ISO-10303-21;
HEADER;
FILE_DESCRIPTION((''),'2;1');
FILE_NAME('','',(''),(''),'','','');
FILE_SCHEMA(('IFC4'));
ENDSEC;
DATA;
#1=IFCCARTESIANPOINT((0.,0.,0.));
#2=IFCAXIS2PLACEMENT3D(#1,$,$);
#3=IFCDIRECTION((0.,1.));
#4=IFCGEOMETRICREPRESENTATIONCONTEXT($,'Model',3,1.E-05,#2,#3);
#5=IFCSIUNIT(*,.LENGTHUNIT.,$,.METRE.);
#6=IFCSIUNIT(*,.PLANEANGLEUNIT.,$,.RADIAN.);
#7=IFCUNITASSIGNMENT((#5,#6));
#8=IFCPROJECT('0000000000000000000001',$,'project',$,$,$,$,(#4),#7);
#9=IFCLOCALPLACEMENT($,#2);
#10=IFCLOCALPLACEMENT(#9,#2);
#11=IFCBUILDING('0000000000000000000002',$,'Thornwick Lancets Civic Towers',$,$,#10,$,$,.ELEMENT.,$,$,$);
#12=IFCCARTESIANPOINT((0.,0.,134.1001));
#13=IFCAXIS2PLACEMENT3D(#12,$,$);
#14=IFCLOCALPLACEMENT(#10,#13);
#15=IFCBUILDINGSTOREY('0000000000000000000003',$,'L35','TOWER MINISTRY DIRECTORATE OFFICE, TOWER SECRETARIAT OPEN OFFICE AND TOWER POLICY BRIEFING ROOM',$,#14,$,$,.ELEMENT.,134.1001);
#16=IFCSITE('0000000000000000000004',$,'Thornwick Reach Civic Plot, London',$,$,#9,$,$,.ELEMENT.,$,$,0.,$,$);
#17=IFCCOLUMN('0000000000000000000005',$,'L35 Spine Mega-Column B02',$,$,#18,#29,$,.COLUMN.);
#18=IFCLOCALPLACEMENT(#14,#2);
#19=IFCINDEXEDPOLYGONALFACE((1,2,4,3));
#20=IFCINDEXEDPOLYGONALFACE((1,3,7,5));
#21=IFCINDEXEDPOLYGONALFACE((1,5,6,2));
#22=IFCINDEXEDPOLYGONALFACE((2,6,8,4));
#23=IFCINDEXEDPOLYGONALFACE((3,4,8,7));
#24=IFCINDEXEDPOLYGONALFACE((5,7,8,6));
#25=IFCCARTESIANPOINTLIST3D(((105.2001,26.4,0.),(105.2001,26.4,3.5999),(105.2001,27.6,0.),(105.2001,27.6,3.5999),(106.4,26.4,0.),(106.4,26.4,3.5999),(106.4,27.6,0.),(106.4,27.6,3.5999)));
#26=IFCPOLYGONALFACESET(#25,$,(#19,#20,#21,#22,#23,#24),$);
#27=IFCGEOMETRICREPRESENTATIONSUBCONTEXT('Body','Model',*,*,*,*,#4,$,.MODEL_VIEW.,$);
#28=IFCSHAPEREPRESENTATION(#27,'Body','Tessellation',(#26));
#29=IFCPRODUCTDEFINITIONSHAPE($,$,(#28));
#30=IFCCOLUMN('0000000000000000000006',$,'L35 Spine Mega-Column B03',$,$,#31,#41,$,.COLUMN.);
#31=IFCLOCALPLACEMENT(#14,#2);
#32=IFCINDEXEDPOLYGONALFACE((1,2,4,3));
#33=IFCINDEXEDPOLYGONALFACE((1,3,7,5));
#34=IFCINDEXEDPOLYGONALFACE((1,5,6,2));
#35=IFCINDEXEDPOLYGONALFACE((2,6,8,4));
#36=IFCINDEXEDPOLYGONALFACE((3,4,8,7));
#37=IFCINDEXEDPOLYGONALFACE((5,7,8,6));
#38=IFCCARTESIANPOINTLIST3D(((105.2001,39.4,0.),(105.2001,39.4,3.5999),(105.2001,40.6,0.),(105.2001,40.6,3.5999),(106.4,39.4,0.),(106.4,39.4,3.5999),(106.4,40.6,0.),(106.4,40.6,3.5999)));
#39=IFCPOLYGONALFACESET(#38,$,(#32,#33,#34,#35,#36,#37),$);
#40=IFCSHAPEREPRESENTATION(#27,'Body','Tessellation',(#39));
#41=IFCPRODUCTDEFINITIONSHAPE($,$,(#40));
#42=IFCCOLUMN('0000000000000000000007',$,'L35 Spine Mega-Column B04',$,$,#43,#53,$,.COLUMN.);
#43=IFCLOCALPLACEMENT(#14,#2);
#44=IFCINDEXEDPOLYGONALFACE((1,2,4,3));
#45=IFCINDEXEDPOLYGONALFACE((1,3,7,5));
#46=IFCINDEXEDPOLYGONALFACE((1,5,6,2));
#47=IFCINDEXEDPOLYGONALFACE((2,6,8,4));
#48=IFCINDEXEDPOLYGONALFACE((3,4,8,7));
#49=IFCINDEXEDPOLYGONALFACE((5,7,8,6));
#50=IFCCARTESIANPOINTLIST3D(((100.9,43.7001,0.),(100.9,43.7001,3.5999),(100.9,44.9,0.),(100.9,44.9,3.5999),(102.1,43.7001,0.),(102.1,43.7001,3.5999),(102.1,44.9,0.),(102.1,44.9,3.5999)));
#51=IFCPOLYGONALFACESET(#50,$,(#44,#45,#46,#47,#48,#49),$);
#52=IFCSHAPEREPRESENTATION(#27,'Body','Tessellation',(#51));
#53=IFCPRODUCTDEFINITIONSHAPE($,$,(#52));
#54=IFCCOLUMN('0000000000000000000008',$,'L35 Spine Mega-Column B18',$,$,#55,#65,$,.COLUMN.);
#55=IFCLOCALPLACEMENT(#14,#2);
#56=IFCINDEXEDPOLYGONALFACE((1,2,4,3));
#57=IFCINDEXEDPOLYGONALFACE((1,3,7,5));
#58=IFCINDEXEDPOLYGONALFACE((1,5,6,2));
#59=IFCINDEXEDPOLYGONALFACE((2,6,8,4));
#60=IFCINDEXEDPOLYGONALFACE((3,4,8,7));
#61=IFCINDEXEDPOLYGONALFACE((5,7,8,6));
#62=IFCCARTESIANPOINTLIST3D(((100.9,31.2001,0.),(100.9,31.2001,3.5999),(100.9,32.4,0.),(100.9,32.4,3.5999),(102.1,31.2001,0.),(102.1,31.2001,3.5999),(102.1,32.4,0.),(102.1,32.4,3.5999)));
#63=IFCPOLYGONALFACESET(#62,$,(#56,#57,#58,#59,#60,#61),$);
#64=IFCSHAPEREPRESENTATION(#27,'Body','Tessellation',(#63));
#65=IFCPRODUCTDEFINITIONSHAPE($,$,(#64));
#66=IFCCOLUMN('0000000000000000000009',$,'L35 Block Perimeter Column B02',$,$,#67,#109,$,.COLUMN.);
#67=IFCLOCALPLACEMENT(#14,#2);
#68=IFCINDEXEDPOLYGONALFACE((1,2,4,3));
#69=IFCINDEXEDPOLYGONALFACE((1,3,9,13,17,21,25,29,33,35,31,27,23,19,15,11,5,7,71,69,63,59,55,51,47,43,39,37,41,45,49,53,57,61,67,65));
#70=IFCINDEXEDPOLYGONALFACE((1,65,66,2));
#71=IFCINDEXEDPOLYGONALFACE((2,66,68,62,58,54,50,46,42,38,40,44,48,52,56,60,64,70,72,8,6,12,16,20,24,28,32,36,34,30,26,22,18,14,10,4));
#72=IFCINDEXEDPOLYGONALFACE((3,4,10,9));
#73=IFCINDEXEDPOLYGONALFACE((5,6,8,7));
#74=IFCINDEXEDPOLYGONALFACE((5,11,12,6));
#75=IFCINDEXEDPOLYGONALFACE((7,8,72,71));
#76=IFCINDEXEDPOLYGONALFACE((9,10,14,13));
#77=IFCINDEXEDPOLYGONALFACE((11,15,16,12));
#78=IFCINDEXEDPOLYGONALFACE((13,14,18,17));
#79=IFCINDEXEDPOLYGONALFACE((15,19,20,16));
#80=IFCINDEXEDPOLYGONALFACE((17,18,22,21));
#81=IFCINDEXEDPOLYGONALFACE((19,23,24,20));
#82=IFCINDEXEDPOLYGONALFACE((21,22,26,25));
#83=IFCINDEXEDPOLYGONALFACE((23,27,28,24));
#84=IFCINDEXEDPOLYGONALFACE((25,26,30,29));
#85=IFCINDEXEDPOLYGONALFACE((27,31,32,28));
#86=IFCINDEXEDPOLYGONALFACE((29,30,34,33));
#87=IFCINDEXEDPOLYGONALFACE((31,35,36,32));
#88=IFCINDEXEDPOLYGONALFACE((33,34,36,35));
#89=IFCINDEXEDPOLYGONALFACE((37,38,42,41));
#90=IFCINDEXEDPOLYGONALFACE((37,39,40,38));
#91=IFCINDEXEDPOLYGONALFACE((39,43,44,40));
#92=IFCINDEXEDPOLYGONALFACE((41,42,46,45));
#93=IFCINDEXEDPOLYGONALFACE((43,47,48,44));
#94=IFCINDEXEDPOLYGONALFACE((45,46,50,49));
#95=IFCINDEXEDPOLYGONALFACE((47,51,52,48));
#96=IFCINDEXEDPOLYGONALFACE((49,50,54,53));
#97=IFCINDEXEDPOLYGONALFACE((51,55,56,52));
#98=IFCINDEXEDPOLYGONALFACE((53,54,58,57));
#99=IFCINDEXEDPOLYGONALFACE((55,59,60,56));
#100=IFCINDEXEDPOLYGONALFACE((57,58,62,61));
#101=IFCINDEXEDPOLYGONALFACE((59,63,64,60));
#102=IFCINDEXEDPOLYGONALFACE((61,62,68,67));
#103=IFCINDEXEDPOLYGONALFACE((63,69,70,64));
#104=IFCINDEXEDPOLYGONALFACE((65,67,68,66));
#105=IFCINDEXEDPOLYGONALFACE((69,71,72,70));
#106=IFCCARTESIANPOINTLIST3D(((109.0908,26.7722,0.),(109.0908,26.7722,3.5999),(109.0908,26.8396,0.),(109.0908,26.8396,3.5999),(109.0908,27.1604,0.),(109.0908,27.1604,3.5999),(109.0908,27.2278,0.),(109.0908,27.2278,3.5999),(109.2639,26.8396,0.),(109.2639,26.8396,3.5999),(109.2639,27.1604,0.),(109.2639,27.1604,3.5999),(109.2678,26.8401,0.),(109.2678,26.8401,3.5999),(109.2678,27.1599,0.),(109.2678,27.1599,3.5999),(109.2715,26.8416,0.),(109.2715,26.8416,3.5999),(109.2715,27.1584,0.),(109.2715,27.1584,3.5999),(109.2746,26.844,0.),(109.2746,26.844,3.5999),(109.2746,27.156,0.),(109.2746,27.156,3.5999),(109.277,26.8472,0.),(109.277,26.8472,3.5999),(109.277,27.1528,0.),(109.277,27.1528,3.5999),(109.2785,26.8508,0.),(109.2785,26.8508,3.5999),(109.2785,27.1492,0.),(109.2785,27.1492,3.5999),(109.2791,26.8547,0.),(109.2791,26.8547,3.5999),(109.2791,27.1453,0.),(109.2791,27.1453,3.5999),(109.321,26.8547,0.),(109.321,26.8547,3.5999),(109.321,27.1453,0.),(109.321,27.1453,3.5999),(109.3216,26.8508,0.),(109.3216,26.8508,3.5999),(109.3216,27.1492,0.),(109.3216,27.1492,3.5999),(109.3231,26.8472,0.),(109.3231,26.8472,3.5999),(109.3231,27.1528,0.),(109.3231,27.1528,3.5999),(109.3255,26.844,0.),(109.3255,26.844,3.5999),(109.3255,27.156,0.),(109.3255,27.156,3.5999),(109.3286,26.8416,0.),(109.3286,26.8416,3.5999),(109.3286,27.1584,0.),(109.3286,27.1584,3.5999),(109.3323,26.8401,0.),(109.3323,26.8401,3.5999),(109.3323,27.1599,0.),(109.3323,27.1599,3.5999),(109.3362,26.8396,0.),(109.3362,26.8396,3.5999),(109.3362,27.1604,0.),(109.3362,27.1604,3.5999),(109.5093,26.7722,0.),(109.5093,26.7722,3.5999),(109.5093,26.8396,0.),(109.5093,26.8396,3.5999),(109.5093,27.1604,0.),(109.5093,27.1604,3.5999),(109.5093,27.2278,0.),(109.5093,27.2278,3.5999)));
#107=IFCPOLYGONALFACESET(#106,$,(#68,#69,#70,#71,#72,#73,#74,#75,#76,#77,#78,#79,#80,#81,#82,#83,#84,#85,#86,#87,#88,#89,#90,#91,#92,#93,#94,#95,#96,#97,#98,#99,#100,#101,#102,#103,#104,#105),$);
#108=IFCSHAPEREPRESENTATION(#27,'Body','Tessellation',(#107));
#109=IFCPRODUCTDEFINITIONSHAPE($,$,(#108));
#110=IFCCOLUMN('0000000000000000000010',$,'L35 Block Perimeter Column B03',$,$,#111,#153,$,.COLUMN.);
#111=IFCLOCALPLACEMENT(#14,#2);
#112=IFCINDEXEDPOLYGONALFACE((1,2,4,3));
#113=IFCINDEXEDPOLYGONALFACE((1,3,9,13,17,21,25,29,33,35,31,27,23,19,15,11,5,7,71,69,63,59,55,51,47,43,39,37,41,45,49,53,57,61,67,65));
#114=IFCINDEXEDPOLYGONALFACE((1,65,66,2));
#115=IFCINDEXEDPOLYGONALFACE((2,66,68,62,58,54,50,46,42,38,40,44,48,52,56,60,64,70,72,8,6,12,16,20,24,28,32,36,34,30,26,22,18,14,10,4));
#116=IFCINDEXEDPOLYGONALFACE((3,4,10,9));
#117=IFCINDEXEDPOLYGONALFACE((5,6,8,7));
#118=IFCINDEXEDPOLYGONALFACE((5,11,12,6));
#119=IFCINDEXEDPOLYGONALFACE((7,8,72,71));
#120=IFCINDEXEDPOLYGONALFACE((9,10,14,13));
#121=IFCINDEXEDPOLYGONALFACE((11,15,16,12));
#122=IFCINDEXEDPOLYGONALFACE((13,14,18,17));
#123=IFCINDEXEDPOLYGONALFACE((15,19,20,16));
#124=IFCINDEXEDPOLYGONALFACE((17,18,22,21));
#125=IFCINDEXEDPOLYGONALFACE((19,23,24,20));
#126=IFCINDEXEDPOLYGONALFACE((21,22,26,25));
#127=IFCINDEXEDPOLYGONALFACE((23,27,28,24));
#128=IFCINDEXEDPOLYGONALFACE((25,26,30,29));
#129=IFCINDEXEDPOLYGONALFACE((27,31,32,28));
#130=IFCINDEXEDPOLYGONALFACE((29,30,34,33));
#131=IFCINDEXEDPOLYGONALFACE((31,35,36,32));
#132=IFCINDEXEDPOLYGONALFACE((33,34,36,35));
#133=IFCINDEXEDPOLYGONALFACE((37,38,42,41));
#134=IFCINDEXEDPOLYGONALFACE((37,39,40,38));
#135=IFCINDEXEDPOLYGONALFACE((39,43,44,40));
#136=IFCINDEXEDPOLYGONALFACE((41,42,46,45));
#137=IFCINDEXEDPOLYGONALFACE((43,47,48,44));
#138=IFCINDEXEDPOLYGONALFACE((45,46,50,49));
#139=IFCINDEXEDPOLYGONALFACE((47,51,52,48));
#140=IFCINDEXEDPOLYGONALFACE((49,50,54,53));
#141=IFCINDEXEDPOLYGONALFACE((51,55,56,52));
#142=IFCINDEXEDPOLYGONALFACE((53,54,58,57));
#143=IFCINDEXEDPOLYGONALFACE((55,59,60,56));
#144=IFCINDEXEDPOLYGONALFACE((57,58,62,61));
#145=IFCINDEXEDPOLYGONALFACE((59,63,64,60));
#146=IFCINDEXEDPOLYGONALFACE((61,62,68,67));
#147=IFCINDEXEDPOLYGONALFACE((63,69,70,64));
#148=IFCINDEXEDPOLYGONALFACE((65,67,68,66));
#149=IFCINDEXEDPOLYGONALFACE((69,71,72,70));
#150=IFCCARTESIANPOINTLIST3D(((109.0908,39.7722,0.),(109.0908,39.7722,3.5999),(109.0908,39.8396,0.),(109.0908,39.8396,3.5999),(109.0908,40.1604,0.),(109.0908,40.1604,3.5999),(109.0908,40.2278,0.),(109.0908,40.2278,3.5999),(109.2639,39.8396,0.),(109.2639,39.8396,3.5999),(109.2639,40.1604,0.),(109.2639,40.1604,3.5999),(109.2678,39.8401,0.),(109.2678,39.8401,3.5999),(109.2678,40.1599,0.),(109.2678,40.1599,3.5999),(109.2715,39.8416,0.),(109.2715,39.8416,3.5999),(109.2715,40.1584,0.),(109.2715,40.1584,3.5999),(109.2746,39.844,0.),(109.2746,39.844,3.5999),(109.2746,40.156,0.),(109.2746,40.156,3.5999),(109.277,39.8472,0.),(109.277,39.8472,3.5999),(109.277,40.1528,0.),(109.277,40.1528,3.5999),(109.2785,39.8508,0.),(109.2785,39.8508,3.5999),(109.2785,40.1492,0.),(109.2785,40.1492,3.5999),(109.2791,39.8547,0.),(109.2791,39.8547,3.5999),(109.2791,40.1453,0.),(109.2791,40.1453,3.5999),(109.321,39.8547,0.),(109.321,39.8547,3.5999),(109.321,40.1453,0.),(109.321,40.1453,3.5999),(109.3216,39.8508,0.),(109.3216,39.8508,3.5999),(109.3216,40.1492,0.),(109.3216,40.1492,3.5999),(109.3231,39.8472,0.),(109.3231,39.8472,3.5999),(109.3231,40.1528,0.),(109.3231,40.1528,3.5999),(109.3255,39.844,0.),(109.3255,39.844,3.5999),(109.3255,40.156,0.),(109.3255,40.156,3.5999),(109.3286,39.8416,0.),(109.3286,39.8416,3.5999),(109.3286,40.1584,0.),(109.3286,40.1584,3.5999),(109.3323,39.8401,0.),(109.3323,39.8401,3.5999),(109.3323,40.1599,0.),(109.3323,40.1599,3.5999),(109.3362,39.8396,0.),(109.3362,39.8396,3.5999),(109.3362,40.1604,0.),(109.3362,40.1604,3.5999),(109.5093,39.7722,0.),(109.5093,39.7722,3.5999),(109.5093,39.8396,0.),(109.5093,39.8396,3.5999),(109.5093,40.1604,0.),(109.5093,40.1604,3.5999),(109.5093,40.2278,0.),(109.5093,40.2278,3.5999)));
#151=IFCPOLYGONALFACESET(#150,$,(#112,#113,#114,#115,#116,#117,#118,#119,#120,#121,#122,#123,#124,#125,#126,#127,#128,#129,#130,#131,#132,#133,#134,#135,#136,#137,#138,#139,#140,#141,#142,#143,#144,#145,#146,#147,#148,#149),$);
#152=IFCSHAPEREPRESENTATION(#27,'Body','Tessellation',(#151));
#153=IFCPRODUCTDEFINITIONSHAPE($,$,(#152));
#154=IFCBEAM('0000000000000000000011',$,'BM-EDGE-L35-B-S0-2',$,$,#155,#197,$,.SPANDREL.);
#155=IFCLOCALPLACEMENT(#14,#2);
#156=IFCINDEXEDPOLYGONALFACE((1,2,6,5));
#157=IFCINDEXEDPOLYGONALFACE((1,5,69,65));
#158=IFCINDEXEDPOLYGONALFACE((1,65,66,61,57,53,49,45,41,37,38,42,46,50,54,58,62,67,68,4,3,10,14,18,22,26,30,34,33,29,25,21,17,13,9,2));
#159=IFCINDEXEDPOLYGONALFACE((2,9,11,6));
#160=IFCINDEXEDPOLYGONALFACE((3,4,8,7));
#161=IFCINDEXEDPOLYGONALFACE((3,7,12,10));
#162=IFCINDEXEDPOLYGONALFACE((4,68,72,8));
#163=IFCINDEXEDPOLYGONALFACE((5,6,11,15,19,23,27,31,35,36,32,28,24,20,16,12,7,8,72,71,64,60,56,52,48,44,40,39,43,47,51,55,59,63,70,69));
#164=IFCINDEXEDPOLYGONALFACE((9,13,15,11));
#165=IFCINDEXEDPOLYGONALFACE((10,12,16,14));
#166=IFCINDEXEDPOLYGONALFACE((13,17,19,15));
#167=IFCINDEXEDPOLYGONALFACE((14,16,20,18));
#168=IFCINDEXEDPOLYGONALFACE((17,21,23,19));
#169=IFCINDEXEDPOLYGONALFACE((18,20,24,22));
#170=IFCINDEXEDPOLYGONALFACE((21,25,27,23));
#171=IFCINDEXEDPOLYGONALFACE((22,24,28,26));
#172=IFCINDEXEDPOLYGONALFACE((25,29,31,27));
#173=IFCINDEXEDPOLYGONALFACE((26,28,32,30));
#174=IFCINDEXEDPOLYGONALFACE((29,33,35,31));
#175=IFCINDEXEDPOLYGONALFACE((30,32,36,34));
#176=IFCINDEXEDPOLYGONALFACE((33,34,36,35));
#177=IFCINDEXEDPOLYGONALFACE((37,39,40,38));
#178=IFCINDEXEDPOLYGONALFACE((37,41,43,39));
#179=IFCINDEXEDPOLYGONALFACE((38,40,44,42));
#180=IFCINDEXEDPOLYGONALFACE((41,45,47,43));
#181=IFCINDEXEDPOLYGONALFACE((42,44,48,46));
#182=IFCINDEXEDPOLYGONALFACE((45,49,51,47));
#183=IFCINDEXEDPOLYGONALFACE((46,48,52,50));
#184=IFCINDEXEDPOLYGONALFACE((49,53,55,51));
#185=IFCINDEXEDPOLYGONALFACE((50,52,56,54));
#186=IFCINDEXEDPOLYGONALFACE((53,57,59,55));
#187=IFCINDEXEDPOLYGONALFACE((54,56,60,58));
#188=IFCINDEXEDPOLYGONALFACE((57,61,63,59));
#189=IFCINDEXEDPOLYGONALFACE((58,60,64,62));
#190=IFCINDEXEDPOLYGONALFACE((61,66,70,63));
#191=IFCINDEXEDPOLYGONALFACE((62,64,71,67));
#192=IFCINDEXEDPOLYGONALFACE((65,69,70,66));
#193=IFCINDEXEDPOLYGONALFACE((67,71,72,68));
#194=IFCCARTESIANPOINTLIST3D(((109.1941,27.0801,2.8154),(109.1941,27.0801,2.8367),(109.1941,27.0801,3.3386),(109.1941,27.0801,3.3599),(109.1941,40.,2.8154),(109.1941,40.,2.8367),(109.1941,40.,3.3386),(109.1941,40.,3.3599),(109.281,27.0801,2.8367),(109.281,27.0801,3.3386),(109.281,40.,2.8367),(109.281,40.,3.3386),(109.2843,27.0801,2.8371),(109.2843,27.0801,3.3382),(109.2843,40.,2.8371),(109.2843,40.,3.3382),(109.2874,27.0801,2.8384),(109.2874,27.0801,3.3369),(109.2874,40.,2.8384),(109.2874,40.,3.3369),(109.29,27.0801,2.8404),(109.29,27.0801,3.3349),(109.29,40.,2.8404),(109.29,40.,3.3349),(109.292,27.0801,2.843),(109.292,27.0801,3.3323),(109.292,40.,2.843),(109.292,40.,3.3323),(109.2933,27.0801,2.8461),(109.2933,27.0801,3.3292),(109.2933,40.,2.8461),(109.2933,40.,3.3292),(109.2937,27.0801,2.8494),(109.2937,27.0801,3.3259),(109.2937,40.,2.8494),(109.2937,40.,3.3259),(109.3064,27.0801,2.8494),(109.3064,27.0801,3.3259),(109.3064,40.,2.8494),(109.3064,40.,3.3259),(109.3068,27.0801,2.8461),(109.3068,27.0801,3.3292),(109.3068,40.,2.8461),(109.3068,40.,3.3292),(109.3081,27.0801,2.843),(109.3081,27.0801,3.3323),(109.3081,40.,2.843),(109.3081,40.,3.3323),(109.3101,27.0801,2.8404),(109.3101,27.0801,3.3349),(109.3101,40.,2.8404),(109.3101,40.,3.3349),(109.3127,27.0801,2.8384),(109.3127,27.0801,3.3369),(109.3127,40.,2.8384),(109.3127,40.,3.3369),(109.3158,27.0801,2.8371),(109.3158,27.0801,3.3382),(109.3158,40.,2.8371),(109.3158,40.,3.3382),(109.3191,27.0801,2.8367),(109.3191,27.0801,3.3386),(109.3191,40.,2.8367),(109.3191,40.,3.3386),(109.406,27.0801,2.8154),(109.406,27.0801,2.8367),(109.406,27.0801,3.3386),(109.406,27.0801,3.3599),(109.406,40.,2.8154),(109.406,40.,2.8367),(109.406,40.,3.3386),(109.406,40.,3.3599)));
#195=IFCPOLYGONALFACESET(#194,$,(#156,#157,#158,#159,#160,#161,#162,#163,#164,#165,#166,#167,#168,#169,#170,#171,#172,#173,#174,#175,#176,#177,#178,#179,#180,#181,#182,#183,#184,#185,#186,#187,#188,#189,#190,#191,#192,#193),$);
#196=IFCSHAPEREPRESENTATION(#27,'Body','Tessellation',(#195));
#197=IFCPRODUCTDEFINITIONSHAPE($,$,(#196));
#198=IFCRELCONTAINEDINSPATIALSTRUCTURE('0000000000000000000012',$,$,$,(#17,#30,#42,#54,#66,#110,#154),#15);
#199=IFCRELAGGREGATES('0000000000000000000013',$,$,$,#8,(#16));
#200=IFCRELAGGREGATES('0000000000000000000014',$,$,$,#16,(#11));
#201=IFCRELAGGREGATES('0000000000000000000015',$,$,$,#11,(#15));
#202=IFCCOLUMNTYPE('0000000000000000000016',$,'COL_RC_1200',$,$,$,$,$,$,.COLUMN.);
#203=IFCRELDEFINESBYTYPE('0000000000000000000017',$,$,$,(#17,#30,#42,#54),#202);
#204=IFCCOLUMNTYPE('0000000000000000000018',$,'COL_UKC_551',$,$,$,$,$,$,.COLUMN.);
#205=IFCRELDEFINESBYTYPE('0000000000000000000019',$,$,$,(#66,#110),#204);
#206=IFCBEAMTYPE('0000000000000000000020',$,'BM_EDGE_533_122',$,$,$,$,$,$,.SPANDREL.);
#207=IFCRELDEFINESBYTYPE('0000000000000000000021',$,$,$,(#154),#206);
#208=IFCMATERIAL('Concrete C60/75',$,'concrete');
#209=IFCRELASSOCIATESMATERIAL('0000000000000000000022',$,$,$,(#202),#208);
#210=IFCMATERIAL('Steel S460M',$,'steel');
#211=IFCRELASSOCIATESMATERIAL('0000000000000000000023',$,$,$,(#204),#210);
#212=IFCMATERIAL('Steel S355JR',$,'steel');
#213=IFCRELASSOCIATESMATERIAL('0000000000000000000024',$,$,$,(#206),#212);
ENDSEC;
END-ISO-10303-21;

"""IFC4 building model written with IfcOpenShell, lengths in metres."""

from ifc_helpers import new_model, si_unit, direction, frame, origin, origin_2d, place, context, subcontext, project, spatial, rectangle, i_section, extrude, material, material_profile, profile_set, type_object, element, save


model = new_model("IFC4")

# Units and contexts
model_context = context("Model", 3, precision=1e-05, world=origin(), true_north=direction((0.0, 1.0)))
body_context = subcontext(model_context, "Body", "Model", "MODEL_VIEW")
ifc_project = project(units=[si_unit("LENGTHUNIT", "METRE"), si_unit("PLANEANGLEUNIT", "RADIAN")], contexts=[model_context])

# Site, building, storey
site_placement = place(None, origin())
site = spatial("IfcSite", under=ifc_project, at=site_placement, Name="Thornwick Reach Civic Plot, London", CompositionType="ELEMENT", RefElevation=0.0)
building_placement = place(site_placement, origin())
building = spatial("IfcBuilding", under=site, at=building_placement, Name="Thornwick Lancets Civic Towers", CompositionType="ELEMENT")
storey_placement = place(building_placement, frame((0.0, 0.0, 134.1001)))
storey = spatial("IfcBuildingStorey", under=building, at=storey_placement, Name="L35", Description="TOWER MINISTRY DIRECTORATE OFFICE, TOWER SECRETARIAT OPEN OFFICE AND TOWER POLICY BRIEFING ROOM", CompositionType="ELEMENT", Elevation=134.1001)

# Columns
ifc_material_1 = material(Name="Concrete C60/75", Category="concrete")
ifc_material_profile_1 = material_profile(ifc_material_1, rectangle(XDim=1.2, YDim=1.2, at=origin_2d()), Name="RC 1200x1200")
ifc_profile_set_1 = profile_set([ifc_material_profile_1], Name="Concrete C60/75")
column_type_1 = type_object("IfcColumnType", Name="COL_RC_1200", PredefinedType="COLUMN", material=ifc_profile_set_1)
for number, where, z_axis, x_axis, name in (
    (1, (105.8, 27.0, 0.0), (0.0, 0.0, 1.0), (1.0, 0.0, 0.0), "L35 Spine Mega-Column B02"),
    (2, (105.8, 40.0, 0.0), (0.0, 0.0, 1.0), (1.0, 0.0, 0.0), "L35 Spine Mega-Column B03"),
    (3, (101.5, 44.3, 0.0), (0.0, 0.0, 1.0), (1.0, 0.0, 0.0), "L35 Spine Mega-Column B04"),
    (4, (101.5, 31.8, 0.0), (0.0, 0.0, 1.0), (1.0, 0.0, 0.0), "L35 Spine Mega-Column B18"),
):
    element("IfcColumn", number, at=place(storey_placement, frame(where, z_axis=z_axis, x_axis=x_axis)), inside=storey, type_object=column_type_1, Name=name, PredefinedType="COLUMN", context=body_context, shape_type="SweptSolid", body=[
        extrude(rectangle(XDim=1.2, YDim=1.2, at=origin_2d()), origin(), (0.0, 0.0, 1.0), 3.5999),
    ])
ifc_material_2 = material(Name="Steel S460M", Category="steel")
ifc_material_profile_2 = material_profile(ifc_material_2, i_section(OverallWidth=0.4185, OverallDepth=0.4556, WebThickness=0.042, FlangeThickness=0.0674, FilletRadius=0.0151, at=origin_2d()), Name="UKC 356x406x551")
ifc_profile_set_2 = profile_set([ifc_material_profile_2], Name="Steel S460M")
column_type_2 = type_object("IfcColumnType", Name="COL_UKC_551", PredefinedType="COLUMN", material=ifc_profile_set_2)
for number, where, z_axis, x_axis, name in (
    (5, (109.3, 27.0, 0.0), (0.0, 0.0, 1.0), (1.0, 0.0, 0.0), "L35 Block Perimeter Column B02"),
    (6, (109.3, 40.0, 0.0), (0.0, 0.0, 1.0), (1.0, 0.0, 0.0), "L35 Block Perimeter Column B03"),
):
    element("IfcColumn", number, at=place(storey_placement, frame(where, z_axis=z_axis, x_axis=x_axis)), inside=storey, type_object=column_type_2, Name=name, PredefinedType="COLUMN", context=body_context, shape_type="SweptSolid", body=[
        extrude(i_section(OverallWidth=0.4185, OverallDepth=0.4556, WebThickness=0.042, FlangeThickness=0.0674, FilletRadius=0.0151, at=origin_2d()), origin(), (0.0, 0.0, 1.0), 3.5999),
    ])

# Beam
ifc_material_3 = material(Name="Steel S355JR", Category="steel")
ifc_material_profile_3 = material_profile(ifc_material_3, i_section(OverallWidth=0.2119, OverallDepth=0.5444, WebThickness=0.0127, FlangeThickness=0.0212, FilletRadius=0.0127, at=origin_2d()), Name="UKB 533x210x122")
ifc_profile_set_3 = profile_set([ifc_material_profile_3], Name="Steel S355JR")
beam_type_1 = type_object("IfcBeamType", Name="BM_EDGE_533_122", PredefinedType="SPANDREL", material=ifc_profile_set_3)
beam_1_placement = place(storey_placement, frame((109.3, 27.0801, 3.0876), z_axis=(0.0, 1.0, 0.0), x_axis=(-1.0, 0.0, 0.0)))
element("IfcBeam", 7, at=beam_1_placement, inside=storey, type_object=beam_type_1, Name="BM-EDGE-L35-B-S0-2", PredefinedType="SPANDREL", context=body_context, shape_type="SweptSolid", body=[
    extrude(i_section(OverallWidth=0.2119, OverallDepth=0.5444, WebThickness=0.0127, FlangeThickness=0.0212, FilletRadius=0.0127, at=origin_2d()), origin(), (0.0, 0.0, 1.0), 12.9199),
])

save(model, "model.ifc")
